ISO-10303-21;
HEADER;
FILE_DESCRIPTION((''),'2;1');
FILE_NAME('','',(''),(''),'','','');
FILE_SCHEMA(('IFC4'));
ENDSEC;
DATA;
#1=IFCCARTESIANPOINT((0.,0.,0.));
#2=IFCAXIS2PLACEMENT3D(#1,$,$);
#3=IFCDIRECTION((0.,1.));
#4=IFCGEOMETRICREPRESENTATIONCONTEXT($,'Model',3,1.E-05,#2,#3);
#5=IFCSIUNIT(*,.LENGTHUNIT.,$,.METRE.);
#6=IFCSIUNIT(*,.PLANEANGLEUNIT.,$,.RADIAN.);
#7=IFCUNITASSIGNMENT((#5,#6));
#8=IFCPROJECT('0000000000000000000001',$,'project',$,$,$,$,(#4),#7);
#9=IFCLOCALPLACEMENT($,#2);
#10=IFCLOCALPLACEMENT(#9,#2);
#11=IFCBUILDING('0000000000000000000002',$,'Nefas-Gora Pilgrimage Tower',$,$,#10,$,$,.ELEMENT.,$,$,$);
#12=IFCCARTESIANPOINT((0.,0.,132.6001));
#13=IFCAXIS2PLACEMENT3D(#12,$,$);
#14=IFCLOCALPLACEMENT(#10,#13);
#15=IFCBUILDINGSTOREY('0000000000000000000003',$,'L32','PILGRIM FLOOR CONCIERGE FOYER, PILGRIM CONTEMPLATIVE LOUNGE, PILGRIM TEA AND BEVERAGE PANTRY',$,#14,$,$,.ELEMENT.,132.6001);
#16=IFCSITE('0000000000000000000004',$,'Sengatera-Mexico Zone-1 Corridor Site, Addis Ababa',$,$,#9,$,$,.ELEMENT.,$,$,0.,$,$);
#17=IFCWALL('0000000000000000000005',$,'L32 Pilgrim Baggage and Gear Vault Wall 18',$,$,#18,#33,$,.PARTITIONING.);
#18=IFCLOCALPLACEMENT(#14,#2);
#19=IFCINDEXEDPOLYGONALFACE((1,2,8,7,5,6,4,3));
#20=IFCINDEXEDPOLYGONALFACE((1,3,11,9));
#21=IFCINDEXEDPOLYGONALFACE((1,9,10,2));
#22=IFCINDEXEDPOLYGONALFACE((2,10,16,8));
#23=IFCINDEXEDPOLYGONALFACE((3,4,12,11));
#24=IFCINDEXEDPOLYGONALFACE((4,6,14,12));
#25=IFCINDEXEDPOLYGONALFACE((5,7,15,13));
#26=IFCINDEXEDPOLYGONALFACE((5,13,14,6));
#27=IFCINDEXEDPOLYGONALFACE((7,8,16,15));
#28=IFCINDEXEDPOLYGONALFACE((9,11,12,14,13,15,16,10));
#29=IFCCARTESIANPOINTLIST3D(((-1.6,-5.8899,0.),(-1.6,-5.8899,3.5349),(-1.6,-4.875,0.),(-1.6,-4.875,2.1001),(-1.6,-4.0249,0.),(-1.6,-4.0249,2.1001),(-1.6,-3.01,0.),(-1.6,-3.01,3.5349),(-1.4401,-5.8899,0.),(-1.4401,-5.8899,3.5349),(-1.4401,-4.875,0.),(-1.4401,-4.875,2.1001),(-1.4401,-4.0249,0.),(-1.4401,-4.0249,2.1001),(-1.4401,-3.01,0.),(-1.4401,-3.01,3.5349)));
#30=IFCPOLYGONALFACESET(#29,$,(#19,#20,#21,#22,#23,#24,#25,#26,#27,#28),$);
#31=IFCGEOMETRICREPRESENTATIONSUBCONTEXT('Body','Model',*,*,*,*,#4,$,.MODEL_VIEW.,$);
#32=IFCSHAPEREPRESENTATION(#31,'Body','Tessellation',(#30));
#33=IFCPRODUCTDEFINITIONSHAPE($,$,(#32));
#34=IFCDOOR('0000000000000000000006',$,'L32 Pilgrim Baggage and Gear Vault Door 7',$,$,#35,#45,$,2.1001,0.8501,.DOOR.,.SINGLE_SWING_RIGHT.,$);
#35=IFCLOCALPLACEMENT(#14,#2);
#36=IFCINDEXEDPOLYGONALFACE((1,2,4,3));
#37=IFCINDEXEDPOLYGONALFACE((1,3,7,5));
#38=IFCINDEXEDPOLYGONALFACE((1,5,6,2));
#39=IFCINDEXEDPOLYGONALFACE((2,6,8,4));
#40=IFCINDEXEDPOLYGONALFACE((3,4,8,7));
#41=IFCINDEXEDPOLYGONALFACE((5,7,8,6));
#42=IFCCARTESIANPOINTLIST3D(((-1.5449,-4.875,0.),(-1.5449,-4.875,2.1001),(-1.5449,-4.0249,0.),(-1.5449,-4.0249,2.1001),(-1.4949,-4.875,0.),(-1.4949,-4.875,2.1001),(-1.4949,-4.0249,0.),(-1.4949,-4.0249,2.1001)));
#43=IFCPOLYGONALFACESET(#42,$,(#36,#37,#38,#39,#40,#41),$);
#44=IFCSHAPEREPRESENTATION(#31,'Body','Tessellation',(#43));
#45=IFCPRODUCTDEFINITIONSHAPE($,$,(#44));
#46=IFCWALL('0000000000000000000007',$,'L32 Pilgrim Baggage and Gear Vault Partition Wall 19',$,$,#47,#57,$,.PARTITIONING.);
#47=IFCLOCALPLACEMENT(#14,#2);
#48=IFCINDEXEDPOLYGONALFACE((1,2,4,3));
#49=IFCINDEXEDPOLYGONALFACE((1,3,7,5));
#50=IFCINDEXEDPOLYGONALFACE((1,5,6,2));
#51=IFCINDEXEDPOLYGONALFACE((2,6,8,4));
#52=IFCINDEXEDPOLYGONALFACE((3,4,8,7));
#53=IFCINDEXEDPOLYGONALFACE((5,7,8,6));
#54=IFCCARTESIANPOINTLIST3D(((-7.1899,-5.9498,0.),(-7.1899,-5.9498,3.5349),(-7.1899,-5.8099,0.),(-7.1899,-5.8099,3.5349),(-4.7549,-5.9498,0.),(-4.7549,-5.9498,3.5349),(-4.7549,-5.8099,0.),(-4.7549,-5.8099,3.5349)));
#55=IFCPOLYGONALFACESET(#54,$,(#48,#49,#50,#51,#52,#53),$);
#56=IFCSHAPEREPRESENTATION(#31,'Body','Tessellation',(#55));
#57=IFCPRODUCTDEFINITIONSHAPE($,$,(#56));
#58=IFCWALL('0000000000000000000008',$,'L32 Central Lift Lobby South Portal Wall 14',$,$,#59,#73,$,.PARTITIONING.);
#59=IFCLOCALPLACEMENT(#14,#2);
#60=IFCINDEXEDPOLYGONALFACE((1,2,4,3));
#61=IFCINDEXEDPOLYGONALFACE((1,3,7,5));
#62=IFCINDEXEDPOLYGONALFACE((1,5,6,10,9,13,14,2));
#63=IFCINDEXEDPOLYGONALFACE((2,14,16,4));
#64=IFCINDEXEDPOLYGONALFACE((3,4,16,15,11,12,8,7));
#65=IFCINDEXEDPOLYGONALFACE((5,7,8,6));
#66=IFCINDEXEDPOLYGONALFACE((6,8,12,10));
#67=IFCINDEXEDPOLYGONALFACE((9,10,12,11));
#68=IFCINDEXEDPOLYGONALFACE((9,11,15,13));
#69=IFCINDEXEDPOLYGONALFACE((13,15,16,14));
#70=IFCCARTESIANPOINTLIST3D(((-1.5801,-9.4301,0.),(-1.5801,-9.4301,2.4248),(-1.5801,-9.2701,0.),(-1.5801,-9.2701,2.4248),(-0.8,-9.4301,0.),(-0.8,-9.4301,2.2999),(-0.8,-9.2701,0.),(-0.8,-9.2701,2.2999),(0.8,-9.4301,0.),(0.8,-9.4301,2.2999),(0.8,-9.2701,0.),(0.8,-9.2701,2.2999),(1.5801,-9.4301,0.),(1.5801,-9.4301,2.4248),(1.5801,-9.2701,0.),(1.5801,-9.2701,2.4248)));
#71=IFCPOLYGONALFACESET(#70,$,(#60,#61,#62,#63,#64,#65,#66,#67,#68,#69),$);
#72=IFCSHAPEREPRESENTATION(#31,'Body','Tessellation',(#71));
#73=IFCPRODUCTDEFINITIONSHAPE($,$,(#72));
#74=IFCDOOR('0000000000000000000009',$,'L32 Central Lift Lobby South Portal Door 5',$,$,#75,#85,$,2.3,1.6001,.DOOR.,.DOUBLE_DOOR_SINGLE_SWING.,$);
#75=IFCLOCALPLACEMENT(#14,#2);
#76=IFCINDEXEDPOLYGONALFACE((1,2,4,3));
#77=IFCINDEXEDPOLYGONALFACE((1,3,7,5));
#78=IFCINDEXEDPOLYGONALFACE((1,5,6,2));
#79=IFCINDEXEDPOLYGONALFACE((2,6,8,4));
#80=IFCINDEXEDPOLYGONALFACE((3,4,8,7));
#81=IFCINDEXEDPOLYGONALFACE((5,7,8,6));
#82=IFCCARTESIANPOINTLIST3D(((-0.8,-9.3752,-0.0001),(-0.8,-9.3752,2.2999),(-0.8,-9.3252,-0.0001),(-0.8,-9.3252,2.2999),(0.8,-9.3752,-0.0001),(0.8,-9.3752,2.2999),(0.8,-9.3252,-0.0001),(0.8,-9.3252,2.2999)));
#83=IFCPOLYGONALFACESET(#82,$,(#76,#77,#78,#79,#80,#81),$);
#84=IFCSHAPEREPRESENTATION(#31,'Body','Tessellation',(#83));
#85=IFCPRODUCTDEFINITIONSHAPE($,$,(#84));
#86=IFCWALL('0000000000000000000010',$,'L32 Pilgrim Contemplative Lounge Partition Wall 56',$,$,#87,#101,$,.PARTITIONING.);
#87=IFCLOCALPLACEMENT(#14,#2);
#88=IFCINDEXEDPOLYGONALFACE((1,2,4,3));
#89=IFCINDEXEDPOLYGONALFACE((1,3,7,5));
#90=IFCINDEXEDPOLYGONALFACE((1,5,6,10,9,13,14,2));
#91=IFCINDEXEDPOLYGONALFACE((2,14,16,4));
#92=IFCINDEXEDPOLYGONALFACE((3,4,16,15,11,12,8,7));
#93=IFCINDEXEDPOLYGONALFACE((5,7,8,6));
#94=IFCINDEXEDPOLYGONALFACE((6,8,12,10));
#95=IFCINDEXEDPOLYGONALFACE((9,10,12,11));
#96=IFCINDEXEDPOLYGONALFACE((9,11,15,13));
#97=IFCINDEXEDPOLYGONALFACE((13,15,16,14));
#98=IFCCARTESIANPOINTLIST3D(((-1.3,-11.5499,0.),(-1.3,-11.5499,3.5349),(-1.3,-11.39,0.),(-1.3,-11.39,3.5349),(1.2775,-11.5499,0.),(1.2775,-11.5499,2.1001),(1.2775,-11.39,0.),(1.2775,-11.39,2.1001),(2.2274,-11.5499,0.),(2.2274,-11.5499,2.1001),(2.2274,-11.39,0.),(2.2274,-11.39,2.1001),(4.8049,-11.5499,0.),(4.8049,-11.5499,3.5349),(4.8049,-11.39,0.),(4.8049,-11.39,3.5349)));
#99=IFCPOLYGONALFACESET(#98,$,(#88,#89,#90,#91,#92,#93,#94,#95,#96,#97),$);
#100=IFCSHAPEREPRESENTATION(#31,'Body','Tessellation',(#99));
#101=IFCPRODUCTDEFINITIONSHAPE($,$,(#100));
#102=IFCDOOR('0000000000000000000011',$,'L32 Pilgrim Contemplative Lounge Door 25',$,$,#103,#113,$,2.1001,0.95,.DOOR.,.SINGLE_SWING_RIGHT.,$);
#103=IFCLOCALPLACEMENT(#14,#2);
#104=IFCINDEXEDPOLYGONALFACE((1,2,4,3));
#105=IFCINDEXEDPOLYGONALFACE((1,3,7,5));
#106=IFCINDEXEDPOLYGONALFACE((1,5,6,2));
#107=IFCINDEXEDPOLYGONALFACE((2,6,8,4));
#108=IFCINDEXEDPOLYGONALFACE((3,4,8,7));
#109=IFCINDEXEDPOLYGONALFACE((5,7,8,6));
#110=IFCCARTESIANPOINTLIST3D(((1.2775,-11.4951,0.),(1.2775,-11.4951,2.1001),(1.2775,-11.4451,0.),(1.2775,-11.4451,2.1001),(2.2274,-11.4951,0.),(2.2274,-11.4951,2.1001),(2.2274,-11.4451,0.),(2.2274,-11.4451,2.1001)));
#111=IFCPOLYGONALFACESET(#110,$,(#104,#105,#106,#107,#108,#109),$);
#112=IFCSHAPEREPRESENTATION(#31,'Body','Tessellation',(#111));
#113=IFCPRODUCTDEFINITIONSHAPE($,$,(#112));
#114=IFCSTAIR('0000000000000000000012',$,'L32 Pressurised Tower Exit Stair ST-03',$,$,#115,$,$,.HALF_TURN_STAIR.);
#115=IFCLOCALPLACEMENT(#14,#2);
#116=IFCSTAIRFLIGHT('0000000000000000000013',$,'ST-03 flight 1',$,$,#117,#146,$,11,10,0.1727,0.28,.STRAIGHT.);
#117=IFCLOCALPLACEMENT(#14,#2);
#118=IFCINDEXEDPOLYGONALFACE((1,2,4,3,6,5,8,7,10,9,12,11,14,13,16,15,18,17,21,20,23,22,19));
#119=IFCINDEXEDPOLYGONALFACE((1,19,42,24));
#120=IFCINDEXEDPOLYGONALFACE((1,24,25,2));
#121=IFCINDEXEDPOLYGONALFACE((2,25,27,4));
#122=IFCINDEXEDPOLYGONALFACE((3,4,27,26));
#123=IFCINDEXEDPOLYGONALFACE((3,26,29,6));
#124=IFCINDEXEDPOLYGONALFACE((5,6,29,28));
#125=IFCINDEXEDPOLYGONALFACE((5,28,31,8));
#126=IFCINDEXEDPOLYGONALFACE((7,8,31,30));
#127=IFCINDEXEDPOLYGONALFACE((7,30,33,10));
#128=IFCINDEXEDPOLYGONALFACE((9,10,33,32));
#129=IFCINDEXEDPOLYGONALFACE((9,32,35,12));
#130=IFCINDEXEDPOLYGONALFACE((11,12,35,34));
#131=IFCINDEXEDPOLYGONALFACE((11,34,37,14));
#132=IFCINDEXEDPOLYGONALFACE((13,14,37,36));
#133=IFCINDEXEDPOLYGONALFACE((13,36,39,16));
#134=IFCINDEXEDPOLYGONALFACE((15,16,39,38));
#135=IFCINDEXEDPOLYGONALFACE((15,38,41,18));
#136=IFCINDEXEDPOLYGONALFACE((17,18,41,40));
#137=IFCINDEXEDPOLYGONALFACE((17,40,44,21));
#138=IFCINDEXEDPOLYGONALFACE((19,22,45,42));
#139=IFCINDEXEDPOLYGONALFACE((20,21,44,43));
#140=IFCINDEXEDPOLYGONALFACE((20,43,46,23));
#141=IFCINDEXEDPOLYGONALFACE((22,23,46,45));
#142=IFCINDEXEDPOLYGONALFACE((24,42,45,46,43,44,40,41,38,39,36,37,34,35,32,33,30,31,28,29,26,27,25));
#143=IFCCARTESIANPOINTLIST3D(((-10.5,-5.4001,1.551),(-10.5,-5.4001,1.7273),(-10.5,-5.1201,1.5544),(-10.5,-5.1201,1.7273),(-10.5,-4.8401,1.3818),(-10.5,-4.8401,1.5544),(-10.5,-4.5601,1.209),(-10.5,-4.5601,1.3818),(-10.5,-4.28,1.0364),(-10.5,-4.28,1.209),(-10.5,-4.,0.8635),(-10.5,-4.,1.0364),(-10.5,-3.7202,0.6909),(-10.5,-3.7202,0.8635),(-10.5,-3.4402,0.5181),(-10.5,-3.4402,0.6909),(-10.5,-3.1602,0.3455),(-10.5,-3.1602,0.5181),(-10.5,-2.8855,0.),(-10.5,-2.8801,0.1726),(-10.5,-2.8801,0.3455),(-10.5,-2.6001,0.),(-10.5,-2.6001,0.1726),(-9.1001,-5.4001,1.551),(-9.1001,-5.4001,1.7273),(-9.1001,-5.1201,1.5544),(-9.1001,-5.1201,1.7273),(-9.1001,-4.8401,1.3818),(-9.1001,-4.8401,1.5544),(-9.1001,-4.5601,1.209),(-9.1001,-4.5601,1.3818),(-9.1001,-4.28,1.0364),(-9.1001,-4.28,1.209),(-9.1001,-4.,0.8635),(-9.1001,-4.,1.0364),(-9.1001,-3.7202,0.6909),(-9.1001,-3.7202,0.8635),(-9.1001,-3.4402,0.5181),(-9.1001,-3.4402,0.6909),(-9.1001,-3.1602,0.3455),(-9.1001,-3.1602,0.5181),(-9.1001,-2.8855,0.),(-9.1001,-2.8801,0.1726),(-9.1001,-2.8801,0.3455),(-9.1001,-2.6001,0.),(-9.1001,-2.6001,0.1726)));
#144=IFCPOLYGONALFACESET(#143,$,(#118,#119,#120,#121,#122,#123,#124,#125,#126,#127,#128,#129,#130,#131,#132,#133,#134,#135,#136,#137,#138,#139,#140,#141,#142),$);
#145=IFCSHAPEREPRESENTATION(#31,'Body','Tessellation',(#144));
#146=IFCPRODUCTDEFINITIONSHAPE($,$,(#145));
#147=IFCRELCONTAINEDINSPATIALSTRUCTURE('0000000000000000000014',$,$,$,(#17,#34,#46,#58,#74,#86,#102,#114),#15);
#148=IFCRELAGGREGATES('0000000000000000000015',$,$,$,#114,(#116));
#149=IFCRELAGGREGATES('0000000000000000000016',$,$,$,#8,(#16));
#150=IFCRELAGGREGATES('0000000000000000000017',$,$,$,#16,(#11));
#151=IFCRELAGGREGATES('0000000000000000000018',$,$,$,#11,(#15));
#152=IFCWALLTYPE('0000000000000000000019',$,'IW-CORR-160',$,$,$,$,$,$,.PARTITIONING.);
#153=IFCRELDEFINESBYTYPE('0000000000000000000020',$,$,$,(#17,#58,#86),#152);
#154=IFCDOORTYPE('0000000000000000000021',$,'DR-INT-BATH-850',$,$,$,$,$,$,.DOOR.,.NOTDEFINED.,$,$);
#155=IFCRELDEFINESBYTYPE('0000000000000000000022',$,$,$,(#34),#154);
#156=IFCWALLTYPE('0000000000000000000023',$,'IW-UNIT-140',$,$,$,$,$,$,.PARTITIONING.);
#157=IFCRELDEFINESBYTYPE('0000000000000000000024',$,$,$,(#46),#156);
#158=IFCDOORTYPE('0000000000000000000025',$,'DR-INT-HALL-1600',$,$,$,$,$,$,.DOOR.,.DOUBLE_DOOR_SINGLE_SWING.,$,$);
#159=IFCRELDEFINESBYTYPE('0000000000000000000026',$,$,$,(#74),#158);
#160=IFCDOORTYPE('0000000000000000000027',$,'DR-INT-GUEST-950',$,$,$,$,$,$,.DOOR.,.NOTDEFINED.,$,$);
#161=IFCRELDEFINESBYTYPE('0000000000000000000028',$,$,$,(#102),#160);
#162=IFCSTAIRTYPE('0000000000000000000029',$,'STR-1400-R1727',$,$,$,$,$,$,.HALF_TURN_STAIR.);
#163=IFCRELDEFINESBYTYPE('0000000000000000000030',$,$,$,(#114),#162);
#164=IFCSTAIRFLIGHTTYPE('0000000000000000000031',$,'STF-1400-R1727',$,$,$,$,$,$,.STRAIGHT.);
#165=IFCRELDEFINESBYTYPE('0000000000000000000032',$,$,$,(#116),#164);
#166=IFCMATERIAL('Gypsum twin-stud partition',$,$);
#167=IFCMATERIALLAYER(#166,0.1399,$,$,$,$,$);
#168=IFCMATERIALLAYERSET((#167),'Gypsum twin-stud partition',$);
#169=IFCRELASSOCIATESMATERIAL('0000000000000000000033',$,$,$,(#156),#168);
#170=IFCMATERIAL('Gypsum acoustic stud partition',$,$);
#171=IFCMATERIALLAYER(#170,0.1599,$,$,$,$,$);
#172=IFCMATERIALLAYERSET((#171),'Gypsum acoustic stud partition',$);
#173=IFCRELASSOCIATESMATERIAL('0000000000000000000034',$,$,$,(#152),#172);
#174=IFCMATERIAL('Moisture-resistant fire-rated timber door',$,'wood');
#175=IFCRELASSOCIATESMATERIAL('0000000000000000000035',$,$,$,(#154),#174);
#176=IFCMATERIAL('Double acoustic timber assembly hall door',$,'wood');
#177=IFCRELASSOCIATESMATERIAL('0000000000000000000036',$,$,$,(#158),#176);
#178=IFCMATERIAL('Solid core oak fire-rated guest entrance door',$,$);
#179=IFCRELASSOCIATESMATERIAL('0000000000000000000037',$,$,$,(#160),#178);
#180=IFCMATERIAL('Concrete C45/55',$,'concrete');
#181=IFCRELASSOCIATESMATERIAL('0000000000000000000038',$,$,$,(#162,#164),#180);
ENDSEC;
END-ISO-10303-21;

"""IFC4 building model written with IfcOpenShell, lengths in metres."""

from ifc_helpers import new_model, si_unit, direction, frame, frame_2d, origin, place, context, subcontext, project, spatial, polyline, rectangle, outline, extrude, source, transform, mapped, material, layer, layer_set, type_object, element, fill, aggregate, save


model = new_model("IFC4")

# Units and contexts
model_context = context("Model", 3, precision=1e-05, world=origin(), true_north=direction((0.0, 1.0)))
body_context = subcontext(model_context, "Body", "Model", "MODEL_VIEW")
ifc_project = project(units=[si_unit("LENGTHUNIT", "METRE"), si_unit("PLANEANGLEUNIT", "RADIAN")], contexts=[model_context])

# Site, building, storey
site_placement = place(None, origin())
site = spatial("IfcSite", under=ifc_project, at=site_placement, Name="Sengatera-Mexico Zone-1 Corridor Site, Addis Ababa", CompositionType="ELEMENT", RefElevation=0.0)
building_placement = place(site_placement, origin())
building = spatial("IfcBuilding", under=site, at=building_placement, Name="Nefas-Gora Pilgrimage Tower", CompositionType="ELEMENT")
storey_placement = place(building_placement, frame((0.0, 0.0, 132.6001)))
storey = spatial("IfcBuildingStorey", under=building, at=storey_placement, Name="L32", Description="PILGRIM FLOOR CONCIERGE FOYER, PILGRIM CONTEMPLATIVE LOUNGE, PILGRIM TEA AND BEVERAGE PANTRY", CompositionType="ELEMENT", Elevation=132.6001)

# Shared definitions
ifc_material_1 = material(Name="Concrete C45/55", Category="concrete")

# Shared definitions
ifc_material_2 = material(Name="Gypsum twin-stud partition")
ifc_layer_1 = layer(ifc_material_2, 0.1399)
ifc_layer_set_1 = layer_set([ifc_layer_1], Name="Gypsum twin-stud partition")
wall_type_1 = type_object("IfcWallType", Name="IW-UNIT-140", PredefinedType="PARTITIONING", material=ifc_layer_set_1)
ifc_material_3 = material(Name="Gypsum acoustic stud partition")
ifc_layer_2 = layer(ifc_material_3, 0.1599)
ifc_layer_set_2 = layer_set([ifc_layer_2], Name="Gypsum acoustic stud partition")
wall_type_2 = type_object("IfcWallType", Name="IW-CORR-160", PredefinedType="PARTITIONING", material=ifc_layer_set_2)

# Wall, opening, door
shared_shape_1 = source(origin(), body_context, "Body", "SweptSolid", [
    extrude(rectangle(XDim=2.8799, YDim=0.1599, at=frame_2d((1.4399, 0.0))), origin(), (0.0, 0.0, 1.0), 3.5349),
])
wall_1_placement = place(storey_placement, frame((-1.52, -5.8899, 0.0), z_axis=(0.0, 0.0, 1.0), x_axis=(0.0, 1.0, 0.0)))
wall_1 = element("IfcWall", 1, at=wall_1_placement, inside=storey, type_object=wall_type_2, Name="L32 Pilgrim Baggage and Gear Vault Wall 18", PredefinedType="PARTITIONING", context=body_context, shape_type="MappedRepresentation", body=[
    mapped(shared_shape_1, transform((0.0, 0.0, 0.0), x_axis=(1.0, 0.0, 0.0), y_axis=(0.0, 1.0, 0.0), z_axis=(0.0, 0.0, 1.0), scale=1.0)),
])
opening_1_placement = place(wall_1_placement, frame((1.0149, 0.0, 0.0)))
opening_1 = element("IfcOpeningElement", 2, at=opening_1_placement, cuts=wall_1, PredefinedType="OPENING", context=body_context, shape_type="SweptSolid", body=[
    extrude(rectangle(XDim=0.8501, YDim=2.1001, at=frame_2d((0.425, 1.05))), frame((0.0, 0.0898, 0.0), z_axis=(0.0, -1.0, 0.0), x_axis=(1.0, 0.0, 0.0)), (0.0, 0.0, 1.0), 0.1799),
])
ifc_material_4 = material(Name="Moisture-resistant fire-rated timber door", Category="wood")
door_type_1 = type_object("IfcDoorType", Name="DR-INT-BATH-850", OperationType="NOTDEFINED", PredefinedType="DOOR", material=ifc_material_4)
shared_shape_2 = source(origin(), body_context, "Body", "SweptSolid", [
    extrude(rectangle(XDim=0.8501, YDim=2.1001, at=frame_2d((0.425, 1.05))), frame((0.0, 0.0249, 0.0), z_axis=(0.0, -1.0, 0.0), x_axis=(1.0, 0.0, 0.0)), (0.0, 0.0, 1.0), 0.05),
])
door_1_placement = place(opening_1_placement, origin())
door_1 = element("IfcDoor", 3, at=door_1_placement, inside=storey, type_object=door_type_1, Name="L32 Pilgrim Baggage and Gear Vault Door 7", OperationType="SINGLE_SWING_RIGHT", OverallHeight=2.1001, OverallWidth=0.8501, PredefinedType="DOOR", context=body_context, shape_type="MappedRepresentation", body=[
    mapped(shared_shape_2, transform((0.0, 0.0, 0.0), x_axis=(1.0, 0.0, 0.0), y_axis=(0.0, 1.0, 0.0), z_axis=(0.0, 0.0, 1.0), scale=1.0)),
])
fill(opening_1, door_1)

# Wall
shared_shape_3 = source(origin(), body_context, "Body", "SweptSolid", [
    extrude(rectangle(XDim=2.4351, YDim=0.1399, at=frame_2d((1.2175, 0.0))), origin(), (0.0, 0.0, 1.0), 3.5349),
])
wall_2_placement = place(storey_placement, frame((-7.1899, -5.8799, 0.0), z_axis=(0.0, 0.0, 1.0), x_axis=(1.0, 0.0, 0.0)))
element("IfcWall", 4, at=wall_2_placement, inside=storey, type_object=wall_type_1, Name="L32 Pilgrim Baggage and Gear Vault Partition Wall 19", PredefinedType="PARTITIONING", context=body_context, shape_type="MappedRepresentation", body=[
    mapped(shared_shape_3, transform((0.0, 0.0, 0.0), x_axis=(1.0, 0.0, 0.0), y_axis=(0.0, 1.0, 0.0), z_axis=(0.0, 0.0, 1.0), scale=1.0)),
])

# Walls, openings, doors
shared_shape_4 = source(origin(), body_context, "Body", "SweptSolid", [
    extrude(rectangle(XDim=3.1602, YDim=0.1599, at=frame_2d((1.5801, 0.0))), origin(), (0.0, 0.0, 1.0), 2.4248),
])
wall_3_placement = place(storey_placement, frame((-1.5801, -9.3501, 0.0), z_axis=(0.0, 0.0, 1.0), x_axis=(1.0, 0.0, 0.0)))
wall_3 = element("IfcWall", 5, at=wall_3_placement, inside=storey, type_object=wall_type_2, Name="L32 Central Lift Lobby South Portal Wall 14", PredefinedType="PARTITIONING", context=body_context, shape_type="MappedRepresentation", body=[
    mapped(shared_shape_4, transform((0.0, 0.0, 0.0), x_axis=(1.0, 0.0, 0.0), y_axis=(0.0, 1.0, 0.0), z_axis=(0.0, 0.0, 1.0), scale=1.0)),
])
opening_2_placement = place(wall_3_placement, frame((0.78, 0.0, 0.0)))
opening_2 = element("IfcOpeningElement", 6, at=opening_2_placement, cuts=wall_3, PredefinedType="OPENING", context=body_context, shape_type="SweptSolid", body=[
    extrude(rectangle(XDim=1.6001, YDim=2.3, at=frame_2d((0.8, 1.1499))), frame((0.0, 0.0898, 0.0), z_axis=(0.0, -1.0, 0.0), x_axis=(1.0, 0.0, 0.0)), (0.0, 0.0, 1.0), 0.1799),
])
ifc_material_5 = material(Name="Double acoustic timber assembly hall door", Category="wood")
door_type_2 = type_object("IfcDoorType", Name="DR-INT-HALL-1600", OperationType="DOUBLE_DOOR_SINGLE_SWING", PredefinedType="DOOR", material=ifc_material_5)
shared_shape_5 = source(origin(), body_context, "Body", "SweptSolid", [
    extrude(rectangle(XDim=1.6001, YDim=2.3, at=frame_2d((0.8, 1.1499))), frame((0.0, 0.0249, 0.0), z_axis=(0.0, -1.0, 0.0), x_axis=(1.0, 0.0, 0.0)), (0.0, 0.0, 1.0), 0.05),
])
door_2_placement = place(opening_2_placement, origin())
door_2 = element("IfcDoor", 7, at=door_2_placement, inside=storey, type_object=door_type_2, Name="L32 Central Lift Lobby South Portal Door 5", OperationType="DOUBLE_DOOR_SINGLE_SWING", OverallHeight=2.3, OverallWidth=1.6001, PredefinedType="DOOR", context=body_context, shape_type="MappedRepresentation", body=[
    mapped(shared_shape_5, transform((0.0, 0.0, 0.0), x_axis=(1.0, 0.0, 0.0), y_axis=(0.0, 1.0, 0.0), z_axis=(0.0, 0.0, 1.0), scale=1.0)),
])
fill(opening_2, door_2)
shared_shape_6 = source(origin(), body_context, "Body", "SweptSolid", [
    extrude(rectangle(XDim=6.105, YDim=0.1599, at=frame_2d((3.0525, 0.0))), origin(), (0.0, 0.0, 1.0), 3.5349),
])
wall_4_placement = place(storey_placement, frame((-1.3, -11.47, 0.0), z_axis=(0.0, 0.0, 1.0), x_axis=(1.0, 0.0, 0.0)))
wall_4 = element("IfcWall", 8, at=wall_4_placement, inside=storey, type_object=wall_type_2, Name="L32 Pilgrim Contemplative Lounge Partition Wall 56", PredefinedType="PARTITIONING", context=body_context, shape_type="MappedRepresentation", body=[
    mapped(shared_shape_6, transform((0.0, 0.0, 0.0), x_axis=(1.0, 0.0, 0.0), y_axis=(0.0, 1.0, 0.0), z_axis=(0.0, 0.0, 1.0), scale=1.0)),
])
opening_3_placement = place(wall_4_placement, frame((2.5774, 0.0, 0.0)))
opening_3 = element("IfcOpeningElement", 9, at=opening_3_placement, cuts=wall_4, PredefinedType="OPENING", context=body_context, shape_type="SweptSolid", body=[
    extrude(rectangle(XDim=0.95, YDim=2.1001, at=frame_2d((0.4751, 1.05))), frame((0.0, 0.0898, 0.0), z_axis=(0.0, -1.0, 0.0), x_axis=(1.0, 0.0, 0.0)), (0.0, 0.0, 1.0), 0.1799),
])
ifc_material_6 = material(Name="Solid core oak fire-rated guest entrance door")
door_type_3 = type_object("IfcDoorType", Name="DR-INT-GUEST-950", OperationType="NOTDEFINED", PredefinedType="DOOR", material=ifc_material_6)
shared_shape_7 = source(origin(), body_context, "Body", "SweptSolid", [
    extrude(rectangle(XDim=0.95, YDim=2.1001, at=frame_2d((0.4751, 1.05))), frame((0.0, 0.0249, 0.0), z_axis=(0.0, -1.0, 0.0), x_axis=(1.0, 0.0, 0.0)), (0.0, 0.0, 1.0), 0.05),
])
door_3_placement = place(opening_3_placement, origin())
door_3 = element("IfcDoor", 10, at=door_3_placement, inside=storey, type_object=door_type_3, Name="L32 Pilgrim Contemplative Lounge Door 25", OperationType="SINGLE_SWING_RIGHT", OverallHeight=2.1001, OverallWidth=0.95, PredefinedType="DOOR", context=body_context, shape_type="MappedRepresentation", body=[
    mapped(shared_shape_7, transform((0.0, 0.0, 0.0), x_axis=(1.0, 0.0, 0.0), y_axis=(0.0, 1.0, 0.0), z_axis=(0.0, 0.0, 1.0), scale=1.0)),
])
fill(opening_3, door_3)

# Stair, stair flight
stair_type = type_object("IfcStairType", Name="STR-1400-R1727", PredefinedType="HALF_TURN_STAIR", material=ifc_material_1)
stair_placement = place(storey_placement, origin())
stair = element("IfcStair", 11, at=stair_placement, inside=storey, type_object=stair_type, Name="L32 Pressurised Tower Exit Stair ST-03", PredefinedType="HALF_TURN_STAIR")
stair_flight_type = type_object("IfcStairFlightType", Name="STF-1400-R1727", PredefinedType="STRAIGHT", material=ifc_material_1)
shared_shape_8 = source(origin(), body_context, "Body", "SweptSolid", [
    extrude(outline(polyline([(0.0, 0.0), (0.0, 0.1726), (0.28, 0.1726), (0.28, 0.3455), (0.5601, 0.3455), (0.5601, 0.5181), (0.8401, 0.5181), (0.8401, 0.6909), (1.1201, 0.6909), (1.1201, 0.8635), (1.3999, 0.8635), (1.3999, 1.0364), (1.6799, 1.0364), (1.6799, 1.209), (1.96, 1.209), (1.96, 1.3818), (2.24, 1.3818), (2.24, 1.5544), (2.52, 1.5544), (2.52, 1.7273), (2.8, 1.7273), (2.8, 1.8999), (2.8, 1.551), (0.2854, 0.0), (0.0, 0.0)])), frame((0.0, 0.7, 0.0), z_axis=(0.0, -1.0, 0.0), x_axis=(1.0, 0.0, 0.0)), (0.0, 0.0, 1.0), 1.3999),
])
stair_flight_1_placement = place(storey_placement, frame((-9.8, -2.6001, 0.0), z_axis=(0.0, 0.0, 1.0), x_axis=(0.0, -1.0, 0.0)))
stair_flight_1 = element("IfcStairFlight", 12, at=stair_flight_1_placement, type_object=stair_flight_type, Name="ST-03 flight 1", NumberOfRisers=11, NumberOfTreads=10, PredefinedType="STRAIGHT", RiserHeight=0.1727, TreadLength=0.28, context=body_context, shape_type="MappedRepresentation", body=[
    mapped(shared_shape_8, transform((0.0, 0.0, 0.0), x_axis=(1.0, 0.0, 0.0), y_axis=(0.0, 1.0, 0.0), z_axis=(0.0, 0.0, 1.0), scale=1.0)),
])
aggregate(stair, [stair_flight_1])

save(model, "model.ifc")
